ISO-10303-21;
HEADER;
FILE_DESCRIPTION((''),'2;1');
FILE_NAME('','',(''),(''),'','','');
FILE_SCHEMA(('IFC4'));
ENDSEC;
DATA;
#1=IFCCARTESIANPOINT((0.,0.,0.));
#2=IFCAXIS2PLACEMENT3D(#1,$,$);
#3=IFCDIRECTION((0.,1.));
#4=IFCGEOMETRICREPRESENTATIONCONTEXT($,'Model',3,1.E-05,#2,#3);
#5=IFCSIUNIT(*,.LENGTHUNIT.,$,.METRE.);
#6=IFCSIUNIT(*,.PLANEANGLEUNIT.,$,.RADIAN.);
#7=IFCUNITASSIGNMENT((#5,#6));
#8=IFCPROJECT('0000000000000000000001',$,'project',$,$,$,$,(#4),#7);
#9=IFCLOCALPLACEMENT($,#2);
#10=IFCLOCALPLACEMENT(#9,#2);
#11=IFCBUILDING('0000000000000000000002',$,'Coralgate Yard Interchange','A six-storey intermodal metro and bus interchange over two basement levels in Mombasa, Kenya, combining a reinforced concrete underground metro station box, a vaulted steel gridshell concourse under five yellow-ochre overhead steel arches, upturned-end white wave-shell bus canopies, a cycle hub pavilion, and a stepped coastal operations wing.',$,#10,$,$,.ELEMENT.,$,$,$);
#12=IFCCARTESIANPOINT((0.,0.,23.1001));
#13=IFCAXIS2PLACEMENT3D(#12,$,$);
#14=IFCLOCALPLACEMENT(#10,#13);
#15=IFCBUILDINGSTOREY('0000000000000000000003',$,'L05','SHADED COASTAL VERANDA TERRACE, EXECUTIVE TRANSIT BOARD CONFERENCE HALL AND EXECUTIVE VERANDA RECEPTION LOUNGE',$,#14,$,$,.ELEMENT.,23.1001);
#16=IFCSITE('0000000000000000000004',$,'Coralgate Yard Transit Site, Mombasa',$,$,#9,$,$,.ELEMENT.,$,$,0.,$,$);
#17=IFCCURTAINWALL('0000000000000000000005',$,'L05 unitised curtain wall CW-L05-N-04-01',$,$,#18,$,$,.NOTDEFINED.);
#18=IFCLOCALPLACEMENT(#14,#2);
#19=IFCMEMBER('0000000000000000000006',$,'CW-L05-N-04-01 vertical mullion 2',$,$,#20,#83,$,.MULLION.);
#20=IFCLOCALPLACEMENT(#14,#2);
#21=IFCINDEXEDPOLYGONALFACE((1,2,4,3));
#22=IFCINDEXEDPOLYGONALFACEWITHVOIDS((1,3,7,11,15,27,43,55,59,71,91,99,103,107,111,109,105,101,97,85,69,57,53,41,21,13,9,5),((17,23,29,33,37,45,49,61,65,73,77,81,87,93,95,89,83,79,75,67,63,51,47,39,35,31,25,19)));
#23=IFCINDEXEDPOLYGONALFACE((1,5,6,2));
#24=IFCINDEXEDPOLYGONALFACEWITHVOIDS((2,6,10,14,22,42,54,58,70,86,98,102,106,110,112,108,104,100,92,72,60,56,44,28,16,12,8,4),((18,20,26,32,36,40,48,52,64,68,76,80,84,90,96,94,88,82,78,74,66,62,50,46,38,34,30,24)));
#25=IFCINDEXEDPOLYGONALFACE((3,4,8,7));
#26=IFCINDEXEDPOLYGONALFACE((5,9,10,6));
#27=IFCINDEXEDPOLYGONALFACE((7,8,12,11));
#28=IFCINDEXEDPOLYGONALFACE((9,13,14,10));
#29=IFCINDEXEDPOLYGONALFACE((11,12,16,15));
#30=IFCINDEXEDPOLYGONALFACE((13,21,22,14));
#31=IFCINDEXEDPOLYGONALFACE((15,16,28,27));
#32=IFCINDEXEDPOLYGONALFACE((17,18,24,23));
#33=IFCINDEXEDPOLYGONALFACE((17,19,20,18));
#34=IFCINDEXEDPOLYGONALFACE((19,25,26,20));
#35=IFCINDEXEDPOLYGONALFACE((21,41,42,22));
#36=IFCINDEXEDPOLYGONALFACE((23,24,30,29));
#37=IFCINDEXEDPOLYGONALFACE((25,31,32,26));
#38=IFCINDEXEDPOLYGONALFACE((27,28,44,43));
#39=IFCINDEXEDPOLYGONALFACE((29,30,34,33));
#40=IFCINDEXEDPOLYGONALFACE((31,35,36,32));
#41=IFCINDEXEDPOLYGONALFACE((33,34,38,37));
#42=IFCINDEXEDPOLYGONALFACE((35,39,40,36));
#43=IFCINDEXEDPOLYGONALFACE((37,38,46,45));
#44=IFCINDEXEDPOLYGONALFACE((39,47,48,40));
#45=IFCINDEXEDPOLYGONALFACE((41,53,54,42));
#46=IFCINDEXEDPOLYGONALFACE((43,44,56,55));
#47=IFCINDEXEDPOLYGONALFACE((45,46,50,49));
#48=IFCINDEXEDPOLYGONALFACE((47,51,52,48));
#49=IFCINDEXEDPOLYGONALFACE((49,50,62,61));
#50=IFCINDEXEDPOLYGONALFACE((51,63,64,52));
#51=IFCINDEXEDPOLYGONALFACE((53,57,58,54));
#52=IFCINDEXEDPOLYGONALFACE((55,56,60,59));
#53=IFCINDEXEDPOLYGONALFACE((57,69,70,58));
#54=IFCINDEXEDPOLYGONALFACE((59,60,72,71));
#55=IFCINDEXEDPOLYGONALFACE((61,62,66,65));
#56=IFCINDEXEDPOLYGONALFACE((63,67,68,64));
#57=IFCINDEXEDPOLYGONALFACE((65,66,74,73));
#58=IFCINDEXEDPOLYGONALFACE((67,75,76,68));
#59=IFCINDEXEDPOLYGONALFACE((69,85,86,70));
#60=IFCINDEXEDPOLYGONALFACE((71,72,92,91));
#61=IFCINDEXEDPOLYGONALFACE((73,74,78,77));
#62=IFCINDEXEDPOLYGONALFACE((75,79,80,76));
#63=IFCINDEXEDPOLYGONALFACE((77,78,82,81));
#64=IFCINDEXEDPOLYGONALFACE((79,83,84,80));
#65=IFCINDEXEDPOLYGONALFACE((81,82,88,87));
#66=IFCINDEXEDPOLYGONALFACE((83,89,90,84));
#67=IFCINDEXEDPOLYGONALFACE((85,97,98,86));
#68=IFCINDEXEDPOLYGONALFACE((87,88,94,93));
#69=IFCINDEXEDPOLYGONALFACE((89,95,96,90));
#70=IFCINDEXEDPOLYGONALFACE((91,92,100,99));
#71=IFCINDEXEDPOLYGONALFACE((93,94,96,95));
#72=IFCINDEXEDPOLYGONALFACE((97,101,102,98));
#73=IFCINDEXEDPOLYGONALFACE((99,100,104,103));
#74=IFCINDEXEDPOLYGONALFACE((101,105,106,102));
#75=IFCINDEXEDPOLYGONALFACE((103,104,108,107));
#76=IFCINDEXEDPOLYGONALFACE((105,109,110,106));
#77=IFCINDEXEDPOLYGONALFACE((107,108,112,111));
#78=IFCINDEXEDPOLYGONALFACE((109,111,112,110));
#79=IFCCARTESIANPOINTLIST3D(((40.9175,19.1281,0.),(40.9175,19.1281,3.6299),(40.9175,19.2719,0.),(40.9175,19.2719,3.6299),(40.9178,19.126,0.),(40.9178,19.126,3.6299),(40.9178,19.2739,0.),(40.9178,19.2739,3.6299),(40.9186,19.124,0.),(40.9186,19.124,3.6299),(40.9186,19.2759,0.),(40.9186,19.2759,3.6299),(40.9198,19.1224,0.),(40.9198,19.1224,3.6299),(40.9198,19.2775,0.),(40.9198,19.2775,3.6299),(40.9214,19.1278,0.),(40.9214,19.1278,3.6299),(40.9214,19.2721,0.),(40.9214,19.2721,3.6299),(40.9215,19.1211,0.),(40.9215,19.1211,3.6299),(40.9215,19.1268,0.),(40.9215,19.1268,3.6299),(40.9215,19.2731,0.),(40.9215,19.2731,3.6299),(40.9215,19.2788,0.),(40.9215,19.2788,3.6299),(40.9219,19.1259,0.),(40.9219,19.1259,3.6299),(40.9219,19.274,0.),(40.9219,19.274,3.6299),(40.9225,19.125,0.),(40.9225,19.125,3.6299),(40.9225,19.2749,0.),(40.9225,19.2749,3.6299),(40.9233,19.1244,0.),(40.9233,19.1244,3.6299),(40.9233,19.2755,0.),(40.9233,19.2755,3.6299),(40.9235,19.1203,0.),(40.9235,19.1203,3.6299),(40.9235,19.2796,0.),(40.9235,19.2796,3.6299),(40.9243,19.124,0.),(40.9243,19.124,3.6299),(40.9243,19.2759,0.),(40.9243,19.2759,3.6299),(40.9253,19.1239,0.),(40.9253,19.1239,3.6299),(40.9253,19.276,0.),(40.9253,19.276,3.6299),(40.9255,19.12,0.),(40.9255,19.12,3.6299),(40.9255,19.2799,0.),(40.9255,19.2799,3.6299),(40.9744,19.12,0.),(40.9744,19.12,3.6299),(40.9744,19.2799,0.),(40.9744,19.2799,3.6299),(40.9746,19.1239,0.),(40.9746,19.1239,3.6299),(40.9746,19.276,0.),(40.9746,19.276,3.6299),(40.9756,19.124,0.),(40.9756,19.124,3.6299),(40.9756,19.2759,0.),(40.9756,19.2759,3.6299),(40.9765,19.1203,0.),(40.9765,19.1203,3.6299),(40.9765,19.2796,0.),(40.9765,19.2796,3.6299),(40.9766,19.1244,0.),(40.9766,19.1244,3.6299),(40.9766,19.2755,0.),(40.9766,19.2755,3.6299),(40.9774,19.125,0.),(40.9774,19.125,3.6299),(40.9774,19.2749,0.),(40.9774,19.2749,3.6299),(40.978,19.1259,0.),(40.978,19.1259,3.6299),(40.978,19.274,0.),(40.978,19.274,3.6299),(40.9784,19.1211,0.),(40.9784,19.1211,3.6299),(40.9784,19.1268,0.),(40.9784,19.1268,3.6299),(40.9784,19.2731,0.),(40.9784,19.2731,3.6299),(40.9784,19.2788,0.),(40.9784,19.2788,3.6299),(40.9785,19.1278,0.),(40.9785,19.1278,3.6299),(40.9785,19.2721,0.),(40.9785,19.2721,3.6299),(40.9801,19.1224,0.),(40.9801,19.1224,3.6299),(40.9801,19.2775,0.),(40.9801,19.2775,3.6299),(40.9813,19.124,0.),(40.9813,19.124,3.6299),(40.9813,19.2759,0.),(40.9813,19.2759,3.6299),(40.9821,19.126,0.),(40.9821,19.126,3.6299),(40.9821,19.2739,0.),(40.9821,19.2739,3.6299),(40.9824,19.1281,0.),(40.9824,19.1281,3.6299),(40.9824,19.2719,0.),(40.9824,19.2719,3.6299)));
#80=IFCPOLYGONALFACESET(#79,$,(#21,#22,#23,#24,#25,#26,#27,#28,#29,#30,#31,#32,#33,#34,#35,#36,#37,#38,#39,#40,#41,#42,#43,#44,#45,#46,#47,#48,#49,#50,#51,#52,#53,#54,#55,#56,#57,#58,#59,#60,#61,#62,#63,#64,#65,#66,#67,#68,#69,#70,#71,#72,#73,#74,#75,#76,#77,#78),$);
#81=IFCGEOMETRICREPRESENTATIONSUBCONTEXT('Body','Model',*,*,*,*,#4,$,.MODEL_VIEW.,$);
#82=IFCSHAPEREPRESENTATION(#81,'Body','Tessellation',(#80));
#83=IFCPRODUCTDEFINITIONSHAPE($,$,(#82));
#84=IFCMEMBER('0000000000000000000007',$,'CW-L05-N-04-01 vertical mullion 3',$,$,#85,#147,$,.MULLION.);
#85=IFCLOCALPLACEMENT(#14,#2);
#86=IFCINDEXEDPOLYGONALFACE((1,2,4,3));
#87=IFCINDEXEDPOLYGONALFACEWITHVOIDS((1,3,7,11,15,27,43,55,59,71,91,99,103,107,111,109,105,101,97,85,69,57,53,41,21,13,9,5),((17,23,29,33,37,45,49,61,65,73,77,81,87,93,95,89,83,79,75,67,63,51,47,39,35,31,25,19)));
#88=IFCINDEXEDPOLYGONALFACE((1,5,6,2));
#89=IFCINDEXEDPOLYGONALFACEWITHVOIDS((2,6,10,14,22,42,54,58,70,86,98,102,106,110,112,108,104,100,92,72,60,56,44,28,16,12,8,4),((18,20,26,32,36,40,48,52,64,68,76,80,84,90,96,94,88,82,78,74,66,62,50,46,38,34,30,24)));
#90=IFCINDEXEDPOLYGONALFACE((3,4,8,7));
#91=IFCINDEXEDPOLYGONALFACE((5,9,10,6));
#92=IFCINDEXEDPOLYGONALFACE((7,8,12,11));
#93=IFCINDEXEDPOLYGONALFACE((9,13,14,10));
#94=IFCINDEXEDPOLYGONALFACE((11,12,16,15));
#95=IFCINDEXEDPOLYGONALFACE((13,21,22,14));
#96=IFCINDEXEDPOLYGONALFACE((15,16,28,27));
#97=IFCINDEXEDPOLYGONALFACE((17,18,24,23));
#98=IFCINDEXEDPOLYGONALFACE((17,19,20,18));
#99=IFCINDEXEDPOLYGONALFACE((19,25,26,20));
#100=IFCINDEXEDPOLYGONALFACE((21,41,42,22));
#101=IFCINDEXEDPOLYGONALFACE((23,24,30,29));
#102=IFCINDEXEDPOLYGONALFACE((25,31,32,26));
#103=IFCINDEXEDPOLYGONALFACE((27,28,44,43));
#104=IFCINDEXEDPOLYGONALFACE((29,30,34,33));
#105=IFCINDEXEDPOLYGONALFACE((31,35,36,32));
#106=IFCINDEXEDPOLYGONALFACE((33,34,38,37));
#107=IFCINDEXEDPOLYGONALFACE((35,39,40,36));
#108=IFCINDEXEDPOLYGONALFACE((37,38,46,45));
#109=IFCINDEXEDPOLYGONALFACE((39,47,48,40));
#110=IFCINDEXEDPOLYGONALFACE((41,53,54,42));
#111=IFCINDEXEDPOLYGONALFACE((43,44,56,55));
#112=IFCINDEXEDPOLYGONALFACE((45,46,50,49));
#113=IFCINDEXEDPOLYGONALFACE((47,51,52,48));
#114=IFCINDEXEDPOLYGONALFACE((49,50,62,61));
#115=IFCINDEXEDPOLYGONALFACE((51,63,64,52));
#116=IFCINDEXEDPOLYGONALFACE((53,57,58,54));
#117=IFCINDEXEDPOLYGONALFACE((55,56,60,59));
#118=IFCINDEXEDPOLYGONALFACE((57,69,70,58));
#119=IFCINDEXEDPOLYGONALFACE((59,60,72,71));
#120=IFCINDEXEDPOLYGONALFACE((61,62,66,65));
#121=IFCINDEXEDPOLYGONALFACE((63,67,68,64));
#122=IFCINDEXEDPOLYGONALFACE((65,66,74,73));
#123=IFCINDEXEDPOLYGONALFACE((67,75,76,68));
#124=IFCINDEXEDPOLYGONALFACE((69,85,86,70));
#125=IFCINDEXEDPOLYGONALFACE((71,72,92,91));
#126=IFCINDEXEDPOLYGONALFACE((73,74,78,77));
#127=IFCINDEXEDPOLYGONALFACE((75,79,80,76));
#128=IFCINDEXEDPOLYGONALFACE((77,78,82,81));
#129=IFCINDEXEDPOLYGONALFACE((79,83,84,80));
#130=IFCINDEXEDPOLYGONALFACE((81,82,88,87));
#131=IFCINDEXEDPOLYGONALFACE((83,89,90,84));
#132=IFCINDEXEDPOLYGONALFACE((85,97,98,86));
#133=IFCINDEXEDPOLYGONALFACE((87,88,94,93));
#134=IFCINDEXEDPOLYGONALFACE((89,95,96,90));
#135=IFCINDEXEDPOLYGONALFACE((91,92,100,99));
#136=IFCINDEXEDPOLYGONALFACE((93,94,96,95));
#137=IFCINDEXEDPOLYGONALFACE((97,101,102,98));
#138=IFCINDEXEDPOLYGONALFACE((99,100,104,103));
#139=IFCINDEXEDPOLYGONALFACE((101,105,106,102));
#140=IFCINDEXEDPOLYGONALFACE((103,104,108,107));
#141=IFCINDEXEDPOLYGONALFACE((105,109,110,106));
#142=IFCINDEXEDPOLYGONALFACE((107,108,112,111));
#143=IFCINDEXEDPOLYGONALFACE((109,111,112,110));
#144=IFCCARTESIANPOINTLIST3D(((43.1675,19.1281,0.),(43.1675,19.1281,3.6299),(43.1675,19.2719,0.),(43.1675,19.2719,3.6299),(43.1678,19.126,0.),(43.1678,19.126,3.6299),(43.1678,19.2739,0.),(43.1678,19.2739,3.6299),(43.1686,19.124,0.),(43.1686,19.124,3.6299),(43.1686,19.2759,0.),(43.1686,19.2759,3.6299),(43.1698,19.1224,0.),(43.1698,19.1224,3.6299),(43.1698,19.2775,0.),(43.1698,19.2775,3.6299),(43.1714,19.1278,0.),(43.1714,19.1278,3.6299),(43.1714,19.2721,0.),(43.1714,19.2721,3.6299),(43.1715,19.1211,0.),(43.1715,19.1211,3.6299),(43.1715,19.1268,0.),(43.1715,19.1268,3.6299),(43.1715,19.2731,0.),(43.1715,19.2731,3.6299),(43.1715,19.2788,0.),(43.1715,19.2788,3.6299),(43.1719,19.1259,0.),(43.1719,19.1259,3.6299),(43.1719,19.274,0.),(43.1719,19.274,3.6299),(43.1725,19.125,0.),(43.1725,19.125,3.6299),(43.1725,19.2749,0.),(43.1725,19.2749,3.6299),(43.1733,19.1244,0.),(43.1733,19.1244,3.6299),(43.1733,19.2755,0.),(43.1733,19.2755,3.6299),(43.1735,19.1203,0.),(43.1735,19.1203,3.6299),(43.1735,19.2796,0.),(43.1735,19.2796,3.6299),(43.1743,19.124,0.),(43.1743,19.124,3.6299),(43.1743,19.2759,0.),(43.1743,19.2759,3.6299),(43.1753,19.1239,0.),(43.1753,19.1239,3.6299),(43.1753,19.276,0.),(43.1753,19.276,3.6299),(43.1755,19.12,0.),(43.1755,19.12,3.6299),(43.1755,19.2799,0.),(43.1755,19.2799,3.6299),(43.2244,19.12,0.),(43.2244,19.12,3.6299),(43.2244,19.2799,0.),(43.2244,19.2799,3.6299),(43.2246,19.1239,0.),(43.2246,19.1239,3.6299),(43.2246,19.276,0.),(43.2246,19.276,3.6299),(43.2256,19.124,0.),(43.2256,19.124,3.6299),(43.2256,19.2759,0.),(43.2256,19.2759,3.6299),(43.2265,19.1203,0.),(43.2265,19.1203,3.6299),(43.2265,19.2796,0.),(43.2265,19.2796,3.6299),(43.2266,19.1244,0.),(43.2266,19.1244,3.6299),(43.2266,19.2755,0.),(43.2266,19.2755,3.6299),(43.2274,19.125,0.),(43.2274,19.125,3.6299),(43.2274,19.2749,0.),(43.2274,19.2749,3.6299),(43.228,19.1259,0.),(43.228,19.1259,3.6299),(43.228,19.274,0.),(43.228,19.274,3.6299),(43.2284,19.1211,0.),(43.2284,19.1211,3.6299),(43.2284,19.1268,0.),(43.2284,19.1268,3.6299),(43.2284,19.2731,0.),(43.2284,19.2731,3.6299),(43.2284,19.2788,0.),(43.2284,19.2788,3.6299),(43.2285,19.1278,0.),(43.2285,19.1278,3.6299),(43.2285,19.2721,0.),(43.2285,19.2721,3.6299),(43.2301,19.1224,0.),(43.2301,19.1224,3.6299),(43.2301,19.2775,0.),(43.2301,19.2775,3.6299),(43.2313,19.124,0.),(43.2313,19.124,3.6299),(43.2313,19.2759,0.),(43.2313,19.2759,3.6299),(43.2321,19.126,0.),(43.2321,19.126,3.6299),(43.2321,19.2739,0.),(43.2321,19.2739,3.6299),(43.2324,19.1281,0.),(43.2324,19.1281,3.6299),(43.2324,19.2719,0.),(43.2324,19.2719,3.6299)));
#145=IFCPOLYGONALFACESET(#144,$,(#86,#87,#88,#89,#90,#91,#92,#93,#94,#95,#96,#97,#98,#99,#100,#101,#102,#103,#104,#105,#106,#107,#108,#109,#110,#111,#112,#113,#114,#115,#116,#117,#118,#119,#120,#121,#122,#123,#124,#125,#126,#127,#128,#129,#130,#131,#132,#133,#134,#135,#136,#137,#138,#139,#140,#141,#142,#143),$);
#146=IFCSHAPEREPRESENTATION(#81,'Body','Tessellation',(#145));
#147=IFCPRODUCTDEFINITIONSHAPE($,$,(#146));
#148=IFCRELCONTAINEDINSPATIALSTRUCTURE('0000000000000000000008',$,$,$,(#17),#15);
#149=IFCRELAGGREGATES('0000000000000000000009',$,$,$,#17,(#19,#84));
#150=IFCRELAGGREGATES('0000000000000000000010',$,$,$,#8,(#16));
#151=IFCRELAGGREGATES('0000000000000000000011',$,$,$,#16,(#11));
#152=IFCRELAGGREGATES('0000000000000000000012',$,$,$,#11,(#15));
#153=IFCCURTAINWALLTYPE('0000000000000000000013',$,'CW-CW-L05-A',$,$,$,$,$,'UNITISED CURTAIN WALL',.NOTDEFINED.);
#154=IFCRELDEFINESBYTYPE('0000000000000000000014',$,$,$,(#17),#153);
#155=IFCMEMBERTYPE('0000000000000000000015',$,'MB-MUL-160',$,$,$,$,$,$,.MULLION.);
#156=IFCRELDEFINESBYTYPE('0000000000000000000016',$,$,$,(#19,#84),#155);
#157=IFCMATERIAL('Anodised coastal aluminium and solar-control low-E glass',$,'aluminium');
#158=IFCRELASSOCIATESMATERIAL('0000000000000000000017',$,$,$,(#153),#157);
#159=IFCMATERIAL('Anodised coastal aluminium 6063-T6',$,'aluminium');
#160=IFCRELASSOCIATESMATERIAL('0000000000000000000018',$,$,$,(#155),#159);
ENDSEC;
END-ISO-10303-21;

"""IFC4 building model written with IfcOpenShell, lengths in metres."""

from ifc_helpers import new_model, si_unit, direction, frame, origin, origin_2d, place, context, subcontext, project, spatial, hollow_rectangle, extrude, material, material_profile, profile_set, type_object, element, aggregate, save


model = new_model("IFC4")

# Units and contexts
model_context = context("Model", 3, precision=1e-05, world=origin(), true_north=direction((0.0, 1.0)))
body_context = subcontext(model_context, "Body", "Model", "MODEL_VIEW")
ifc_project = project(units=[si_unit("LENGTHUNIT", "METRE"), si_unit("PLANEANGLEUNIT", "RADIAN")], contexts=[model_context])

# Site, building, storey
site_placement = place(None, origin())
site = spatial("IfcSite", under=ifc_project, at=site_placement, Name="Coralgate Yard Transit Site, Mombasa", CompositionType="ELEMENT", RefElevation=0.0)
building_placement = place(site_placement, origin())
building = spatial("IfcBuilding", under=site, at=building_placement, Name="Coralgate Yard Interchange", Description="A six-storey intermodal metro and bus interchange over two basement levels in Mombasa, Kenya, combining a reinforced concrete underground metro station box, a vaulted steel gridshell concourse under five yellow-ochre overhead steel arches, upturned-end white wave-shell bus canopies, a cycle hub pavilion, and a stepped coastal operations wing.", CompositionType="ELEMENT")
storey_placement = place(building_placement, frame((0.0, 0.0, 23.1001)))
storey = spatial("IfcBuildingStorey", under=building, at=storey_placement, Name="L05", Description="SHADED COASTAL VERANDA TERRACE, EXECUTIVE TRANSIT BOARD CONFERENCE HALL AND EXECUTIVE VERANDA RECEPTION LOUNGE", CompositionType="ELEMENT", Elevation=23.1001)

# Curtain wall, members
ifc_material_1 = material(Name="Anodised coastal aluminium and solar-control low-E glass", Category="aluminium")
curtain_wall_type = type_object("IfcCurtainWallType", Name="CW-CW-L05-A", ElementType="UNITISED CURTAIN WALL", PredefinedType="NOTDEFINED", material=ifc_material_1)
curtain_wall_placement = place(storey_placement, origin())
curtain_wall = element("IfcCurtainWall", 1, at=curtain_wall_placement, inside=storey, type_object=curtain_wall_type, Name="L05 unitised curtain wall CW-L05-N-04-01", PredefinedType="NOTDEFINED")
ifc_material_2 = material(Name="Anodised coastal aluminium 6063-T6", Category="aluminium")
ifc_material_profile_1 = material_profile(ifc_material_2, hollow_rectangle(XDim=0.0649, YDim=0.1599, WallThickness=0.0039, InnerFilletRadius=0.0039, OuterFilletRadius=0.0081, at=origin_2d()), Name="ALU 65x160x4")
ifc_profile_set_1 = profile_set([ifc_material_profile_1], Name="Anodised coastal aluminium 6063-T6")
member_type_1 = type_object("IfcMemberType", Name="MB-MUL-160", PredefinedType="MULLION", material=ifc_profile_set_1)
member_1_placement = place(storey_placement, frame((40.95, 19.2, 0.0), z_axis=(0.0, 0.0, 1.0), x_axis=(1.0, 0.0, 0.0)))
member_1 = element("IfcMember", 2, at=member_1_placement, type_object=member_type_1, Name="CW-L05-N-04-01 vertical mullion 2", PredefinedType="MULLION", context=body_context, shape_type="SweptSolid", body=[
    extrude(hollow_rectangle(XDim=0.0649, YDim=0.1599, WallThickness=0.0039, InnerFilletRadius=0.0039, OuterFilletRadius=0.0081, at=origin_2d()), origin(), (0.0, 0.0, 1.0), 3.6299),
])
member_2_placement = place(storey_placement, frame((43.2, 19.2, 0.0), z_axis=(0.0, 0.0, 1.0), x_axis=(1.0, 0.0, 0.0)))
member_2 = element("IfcMember", 3, at=member_2_placement, type_object=member_type_1, Name="CW-L05-N-04-01 vertical mullion 3", PredefinedType="MULLION", context=body_context, shape_type="SweptSolid", body=[
    extrude(hollow_rectangle(XDim=0.0649, YDim=0.1599, WallThickness=0.0039, InnerFilletRadius=0.0039, OuterFilletRadius=0.0081, at=origin_2d()), origin(), (0.0, 0.0, 1.0), 3.6299),
])
aggregate(curtain_wall, [member_1, member_2])

save(model, "model.ifc")
